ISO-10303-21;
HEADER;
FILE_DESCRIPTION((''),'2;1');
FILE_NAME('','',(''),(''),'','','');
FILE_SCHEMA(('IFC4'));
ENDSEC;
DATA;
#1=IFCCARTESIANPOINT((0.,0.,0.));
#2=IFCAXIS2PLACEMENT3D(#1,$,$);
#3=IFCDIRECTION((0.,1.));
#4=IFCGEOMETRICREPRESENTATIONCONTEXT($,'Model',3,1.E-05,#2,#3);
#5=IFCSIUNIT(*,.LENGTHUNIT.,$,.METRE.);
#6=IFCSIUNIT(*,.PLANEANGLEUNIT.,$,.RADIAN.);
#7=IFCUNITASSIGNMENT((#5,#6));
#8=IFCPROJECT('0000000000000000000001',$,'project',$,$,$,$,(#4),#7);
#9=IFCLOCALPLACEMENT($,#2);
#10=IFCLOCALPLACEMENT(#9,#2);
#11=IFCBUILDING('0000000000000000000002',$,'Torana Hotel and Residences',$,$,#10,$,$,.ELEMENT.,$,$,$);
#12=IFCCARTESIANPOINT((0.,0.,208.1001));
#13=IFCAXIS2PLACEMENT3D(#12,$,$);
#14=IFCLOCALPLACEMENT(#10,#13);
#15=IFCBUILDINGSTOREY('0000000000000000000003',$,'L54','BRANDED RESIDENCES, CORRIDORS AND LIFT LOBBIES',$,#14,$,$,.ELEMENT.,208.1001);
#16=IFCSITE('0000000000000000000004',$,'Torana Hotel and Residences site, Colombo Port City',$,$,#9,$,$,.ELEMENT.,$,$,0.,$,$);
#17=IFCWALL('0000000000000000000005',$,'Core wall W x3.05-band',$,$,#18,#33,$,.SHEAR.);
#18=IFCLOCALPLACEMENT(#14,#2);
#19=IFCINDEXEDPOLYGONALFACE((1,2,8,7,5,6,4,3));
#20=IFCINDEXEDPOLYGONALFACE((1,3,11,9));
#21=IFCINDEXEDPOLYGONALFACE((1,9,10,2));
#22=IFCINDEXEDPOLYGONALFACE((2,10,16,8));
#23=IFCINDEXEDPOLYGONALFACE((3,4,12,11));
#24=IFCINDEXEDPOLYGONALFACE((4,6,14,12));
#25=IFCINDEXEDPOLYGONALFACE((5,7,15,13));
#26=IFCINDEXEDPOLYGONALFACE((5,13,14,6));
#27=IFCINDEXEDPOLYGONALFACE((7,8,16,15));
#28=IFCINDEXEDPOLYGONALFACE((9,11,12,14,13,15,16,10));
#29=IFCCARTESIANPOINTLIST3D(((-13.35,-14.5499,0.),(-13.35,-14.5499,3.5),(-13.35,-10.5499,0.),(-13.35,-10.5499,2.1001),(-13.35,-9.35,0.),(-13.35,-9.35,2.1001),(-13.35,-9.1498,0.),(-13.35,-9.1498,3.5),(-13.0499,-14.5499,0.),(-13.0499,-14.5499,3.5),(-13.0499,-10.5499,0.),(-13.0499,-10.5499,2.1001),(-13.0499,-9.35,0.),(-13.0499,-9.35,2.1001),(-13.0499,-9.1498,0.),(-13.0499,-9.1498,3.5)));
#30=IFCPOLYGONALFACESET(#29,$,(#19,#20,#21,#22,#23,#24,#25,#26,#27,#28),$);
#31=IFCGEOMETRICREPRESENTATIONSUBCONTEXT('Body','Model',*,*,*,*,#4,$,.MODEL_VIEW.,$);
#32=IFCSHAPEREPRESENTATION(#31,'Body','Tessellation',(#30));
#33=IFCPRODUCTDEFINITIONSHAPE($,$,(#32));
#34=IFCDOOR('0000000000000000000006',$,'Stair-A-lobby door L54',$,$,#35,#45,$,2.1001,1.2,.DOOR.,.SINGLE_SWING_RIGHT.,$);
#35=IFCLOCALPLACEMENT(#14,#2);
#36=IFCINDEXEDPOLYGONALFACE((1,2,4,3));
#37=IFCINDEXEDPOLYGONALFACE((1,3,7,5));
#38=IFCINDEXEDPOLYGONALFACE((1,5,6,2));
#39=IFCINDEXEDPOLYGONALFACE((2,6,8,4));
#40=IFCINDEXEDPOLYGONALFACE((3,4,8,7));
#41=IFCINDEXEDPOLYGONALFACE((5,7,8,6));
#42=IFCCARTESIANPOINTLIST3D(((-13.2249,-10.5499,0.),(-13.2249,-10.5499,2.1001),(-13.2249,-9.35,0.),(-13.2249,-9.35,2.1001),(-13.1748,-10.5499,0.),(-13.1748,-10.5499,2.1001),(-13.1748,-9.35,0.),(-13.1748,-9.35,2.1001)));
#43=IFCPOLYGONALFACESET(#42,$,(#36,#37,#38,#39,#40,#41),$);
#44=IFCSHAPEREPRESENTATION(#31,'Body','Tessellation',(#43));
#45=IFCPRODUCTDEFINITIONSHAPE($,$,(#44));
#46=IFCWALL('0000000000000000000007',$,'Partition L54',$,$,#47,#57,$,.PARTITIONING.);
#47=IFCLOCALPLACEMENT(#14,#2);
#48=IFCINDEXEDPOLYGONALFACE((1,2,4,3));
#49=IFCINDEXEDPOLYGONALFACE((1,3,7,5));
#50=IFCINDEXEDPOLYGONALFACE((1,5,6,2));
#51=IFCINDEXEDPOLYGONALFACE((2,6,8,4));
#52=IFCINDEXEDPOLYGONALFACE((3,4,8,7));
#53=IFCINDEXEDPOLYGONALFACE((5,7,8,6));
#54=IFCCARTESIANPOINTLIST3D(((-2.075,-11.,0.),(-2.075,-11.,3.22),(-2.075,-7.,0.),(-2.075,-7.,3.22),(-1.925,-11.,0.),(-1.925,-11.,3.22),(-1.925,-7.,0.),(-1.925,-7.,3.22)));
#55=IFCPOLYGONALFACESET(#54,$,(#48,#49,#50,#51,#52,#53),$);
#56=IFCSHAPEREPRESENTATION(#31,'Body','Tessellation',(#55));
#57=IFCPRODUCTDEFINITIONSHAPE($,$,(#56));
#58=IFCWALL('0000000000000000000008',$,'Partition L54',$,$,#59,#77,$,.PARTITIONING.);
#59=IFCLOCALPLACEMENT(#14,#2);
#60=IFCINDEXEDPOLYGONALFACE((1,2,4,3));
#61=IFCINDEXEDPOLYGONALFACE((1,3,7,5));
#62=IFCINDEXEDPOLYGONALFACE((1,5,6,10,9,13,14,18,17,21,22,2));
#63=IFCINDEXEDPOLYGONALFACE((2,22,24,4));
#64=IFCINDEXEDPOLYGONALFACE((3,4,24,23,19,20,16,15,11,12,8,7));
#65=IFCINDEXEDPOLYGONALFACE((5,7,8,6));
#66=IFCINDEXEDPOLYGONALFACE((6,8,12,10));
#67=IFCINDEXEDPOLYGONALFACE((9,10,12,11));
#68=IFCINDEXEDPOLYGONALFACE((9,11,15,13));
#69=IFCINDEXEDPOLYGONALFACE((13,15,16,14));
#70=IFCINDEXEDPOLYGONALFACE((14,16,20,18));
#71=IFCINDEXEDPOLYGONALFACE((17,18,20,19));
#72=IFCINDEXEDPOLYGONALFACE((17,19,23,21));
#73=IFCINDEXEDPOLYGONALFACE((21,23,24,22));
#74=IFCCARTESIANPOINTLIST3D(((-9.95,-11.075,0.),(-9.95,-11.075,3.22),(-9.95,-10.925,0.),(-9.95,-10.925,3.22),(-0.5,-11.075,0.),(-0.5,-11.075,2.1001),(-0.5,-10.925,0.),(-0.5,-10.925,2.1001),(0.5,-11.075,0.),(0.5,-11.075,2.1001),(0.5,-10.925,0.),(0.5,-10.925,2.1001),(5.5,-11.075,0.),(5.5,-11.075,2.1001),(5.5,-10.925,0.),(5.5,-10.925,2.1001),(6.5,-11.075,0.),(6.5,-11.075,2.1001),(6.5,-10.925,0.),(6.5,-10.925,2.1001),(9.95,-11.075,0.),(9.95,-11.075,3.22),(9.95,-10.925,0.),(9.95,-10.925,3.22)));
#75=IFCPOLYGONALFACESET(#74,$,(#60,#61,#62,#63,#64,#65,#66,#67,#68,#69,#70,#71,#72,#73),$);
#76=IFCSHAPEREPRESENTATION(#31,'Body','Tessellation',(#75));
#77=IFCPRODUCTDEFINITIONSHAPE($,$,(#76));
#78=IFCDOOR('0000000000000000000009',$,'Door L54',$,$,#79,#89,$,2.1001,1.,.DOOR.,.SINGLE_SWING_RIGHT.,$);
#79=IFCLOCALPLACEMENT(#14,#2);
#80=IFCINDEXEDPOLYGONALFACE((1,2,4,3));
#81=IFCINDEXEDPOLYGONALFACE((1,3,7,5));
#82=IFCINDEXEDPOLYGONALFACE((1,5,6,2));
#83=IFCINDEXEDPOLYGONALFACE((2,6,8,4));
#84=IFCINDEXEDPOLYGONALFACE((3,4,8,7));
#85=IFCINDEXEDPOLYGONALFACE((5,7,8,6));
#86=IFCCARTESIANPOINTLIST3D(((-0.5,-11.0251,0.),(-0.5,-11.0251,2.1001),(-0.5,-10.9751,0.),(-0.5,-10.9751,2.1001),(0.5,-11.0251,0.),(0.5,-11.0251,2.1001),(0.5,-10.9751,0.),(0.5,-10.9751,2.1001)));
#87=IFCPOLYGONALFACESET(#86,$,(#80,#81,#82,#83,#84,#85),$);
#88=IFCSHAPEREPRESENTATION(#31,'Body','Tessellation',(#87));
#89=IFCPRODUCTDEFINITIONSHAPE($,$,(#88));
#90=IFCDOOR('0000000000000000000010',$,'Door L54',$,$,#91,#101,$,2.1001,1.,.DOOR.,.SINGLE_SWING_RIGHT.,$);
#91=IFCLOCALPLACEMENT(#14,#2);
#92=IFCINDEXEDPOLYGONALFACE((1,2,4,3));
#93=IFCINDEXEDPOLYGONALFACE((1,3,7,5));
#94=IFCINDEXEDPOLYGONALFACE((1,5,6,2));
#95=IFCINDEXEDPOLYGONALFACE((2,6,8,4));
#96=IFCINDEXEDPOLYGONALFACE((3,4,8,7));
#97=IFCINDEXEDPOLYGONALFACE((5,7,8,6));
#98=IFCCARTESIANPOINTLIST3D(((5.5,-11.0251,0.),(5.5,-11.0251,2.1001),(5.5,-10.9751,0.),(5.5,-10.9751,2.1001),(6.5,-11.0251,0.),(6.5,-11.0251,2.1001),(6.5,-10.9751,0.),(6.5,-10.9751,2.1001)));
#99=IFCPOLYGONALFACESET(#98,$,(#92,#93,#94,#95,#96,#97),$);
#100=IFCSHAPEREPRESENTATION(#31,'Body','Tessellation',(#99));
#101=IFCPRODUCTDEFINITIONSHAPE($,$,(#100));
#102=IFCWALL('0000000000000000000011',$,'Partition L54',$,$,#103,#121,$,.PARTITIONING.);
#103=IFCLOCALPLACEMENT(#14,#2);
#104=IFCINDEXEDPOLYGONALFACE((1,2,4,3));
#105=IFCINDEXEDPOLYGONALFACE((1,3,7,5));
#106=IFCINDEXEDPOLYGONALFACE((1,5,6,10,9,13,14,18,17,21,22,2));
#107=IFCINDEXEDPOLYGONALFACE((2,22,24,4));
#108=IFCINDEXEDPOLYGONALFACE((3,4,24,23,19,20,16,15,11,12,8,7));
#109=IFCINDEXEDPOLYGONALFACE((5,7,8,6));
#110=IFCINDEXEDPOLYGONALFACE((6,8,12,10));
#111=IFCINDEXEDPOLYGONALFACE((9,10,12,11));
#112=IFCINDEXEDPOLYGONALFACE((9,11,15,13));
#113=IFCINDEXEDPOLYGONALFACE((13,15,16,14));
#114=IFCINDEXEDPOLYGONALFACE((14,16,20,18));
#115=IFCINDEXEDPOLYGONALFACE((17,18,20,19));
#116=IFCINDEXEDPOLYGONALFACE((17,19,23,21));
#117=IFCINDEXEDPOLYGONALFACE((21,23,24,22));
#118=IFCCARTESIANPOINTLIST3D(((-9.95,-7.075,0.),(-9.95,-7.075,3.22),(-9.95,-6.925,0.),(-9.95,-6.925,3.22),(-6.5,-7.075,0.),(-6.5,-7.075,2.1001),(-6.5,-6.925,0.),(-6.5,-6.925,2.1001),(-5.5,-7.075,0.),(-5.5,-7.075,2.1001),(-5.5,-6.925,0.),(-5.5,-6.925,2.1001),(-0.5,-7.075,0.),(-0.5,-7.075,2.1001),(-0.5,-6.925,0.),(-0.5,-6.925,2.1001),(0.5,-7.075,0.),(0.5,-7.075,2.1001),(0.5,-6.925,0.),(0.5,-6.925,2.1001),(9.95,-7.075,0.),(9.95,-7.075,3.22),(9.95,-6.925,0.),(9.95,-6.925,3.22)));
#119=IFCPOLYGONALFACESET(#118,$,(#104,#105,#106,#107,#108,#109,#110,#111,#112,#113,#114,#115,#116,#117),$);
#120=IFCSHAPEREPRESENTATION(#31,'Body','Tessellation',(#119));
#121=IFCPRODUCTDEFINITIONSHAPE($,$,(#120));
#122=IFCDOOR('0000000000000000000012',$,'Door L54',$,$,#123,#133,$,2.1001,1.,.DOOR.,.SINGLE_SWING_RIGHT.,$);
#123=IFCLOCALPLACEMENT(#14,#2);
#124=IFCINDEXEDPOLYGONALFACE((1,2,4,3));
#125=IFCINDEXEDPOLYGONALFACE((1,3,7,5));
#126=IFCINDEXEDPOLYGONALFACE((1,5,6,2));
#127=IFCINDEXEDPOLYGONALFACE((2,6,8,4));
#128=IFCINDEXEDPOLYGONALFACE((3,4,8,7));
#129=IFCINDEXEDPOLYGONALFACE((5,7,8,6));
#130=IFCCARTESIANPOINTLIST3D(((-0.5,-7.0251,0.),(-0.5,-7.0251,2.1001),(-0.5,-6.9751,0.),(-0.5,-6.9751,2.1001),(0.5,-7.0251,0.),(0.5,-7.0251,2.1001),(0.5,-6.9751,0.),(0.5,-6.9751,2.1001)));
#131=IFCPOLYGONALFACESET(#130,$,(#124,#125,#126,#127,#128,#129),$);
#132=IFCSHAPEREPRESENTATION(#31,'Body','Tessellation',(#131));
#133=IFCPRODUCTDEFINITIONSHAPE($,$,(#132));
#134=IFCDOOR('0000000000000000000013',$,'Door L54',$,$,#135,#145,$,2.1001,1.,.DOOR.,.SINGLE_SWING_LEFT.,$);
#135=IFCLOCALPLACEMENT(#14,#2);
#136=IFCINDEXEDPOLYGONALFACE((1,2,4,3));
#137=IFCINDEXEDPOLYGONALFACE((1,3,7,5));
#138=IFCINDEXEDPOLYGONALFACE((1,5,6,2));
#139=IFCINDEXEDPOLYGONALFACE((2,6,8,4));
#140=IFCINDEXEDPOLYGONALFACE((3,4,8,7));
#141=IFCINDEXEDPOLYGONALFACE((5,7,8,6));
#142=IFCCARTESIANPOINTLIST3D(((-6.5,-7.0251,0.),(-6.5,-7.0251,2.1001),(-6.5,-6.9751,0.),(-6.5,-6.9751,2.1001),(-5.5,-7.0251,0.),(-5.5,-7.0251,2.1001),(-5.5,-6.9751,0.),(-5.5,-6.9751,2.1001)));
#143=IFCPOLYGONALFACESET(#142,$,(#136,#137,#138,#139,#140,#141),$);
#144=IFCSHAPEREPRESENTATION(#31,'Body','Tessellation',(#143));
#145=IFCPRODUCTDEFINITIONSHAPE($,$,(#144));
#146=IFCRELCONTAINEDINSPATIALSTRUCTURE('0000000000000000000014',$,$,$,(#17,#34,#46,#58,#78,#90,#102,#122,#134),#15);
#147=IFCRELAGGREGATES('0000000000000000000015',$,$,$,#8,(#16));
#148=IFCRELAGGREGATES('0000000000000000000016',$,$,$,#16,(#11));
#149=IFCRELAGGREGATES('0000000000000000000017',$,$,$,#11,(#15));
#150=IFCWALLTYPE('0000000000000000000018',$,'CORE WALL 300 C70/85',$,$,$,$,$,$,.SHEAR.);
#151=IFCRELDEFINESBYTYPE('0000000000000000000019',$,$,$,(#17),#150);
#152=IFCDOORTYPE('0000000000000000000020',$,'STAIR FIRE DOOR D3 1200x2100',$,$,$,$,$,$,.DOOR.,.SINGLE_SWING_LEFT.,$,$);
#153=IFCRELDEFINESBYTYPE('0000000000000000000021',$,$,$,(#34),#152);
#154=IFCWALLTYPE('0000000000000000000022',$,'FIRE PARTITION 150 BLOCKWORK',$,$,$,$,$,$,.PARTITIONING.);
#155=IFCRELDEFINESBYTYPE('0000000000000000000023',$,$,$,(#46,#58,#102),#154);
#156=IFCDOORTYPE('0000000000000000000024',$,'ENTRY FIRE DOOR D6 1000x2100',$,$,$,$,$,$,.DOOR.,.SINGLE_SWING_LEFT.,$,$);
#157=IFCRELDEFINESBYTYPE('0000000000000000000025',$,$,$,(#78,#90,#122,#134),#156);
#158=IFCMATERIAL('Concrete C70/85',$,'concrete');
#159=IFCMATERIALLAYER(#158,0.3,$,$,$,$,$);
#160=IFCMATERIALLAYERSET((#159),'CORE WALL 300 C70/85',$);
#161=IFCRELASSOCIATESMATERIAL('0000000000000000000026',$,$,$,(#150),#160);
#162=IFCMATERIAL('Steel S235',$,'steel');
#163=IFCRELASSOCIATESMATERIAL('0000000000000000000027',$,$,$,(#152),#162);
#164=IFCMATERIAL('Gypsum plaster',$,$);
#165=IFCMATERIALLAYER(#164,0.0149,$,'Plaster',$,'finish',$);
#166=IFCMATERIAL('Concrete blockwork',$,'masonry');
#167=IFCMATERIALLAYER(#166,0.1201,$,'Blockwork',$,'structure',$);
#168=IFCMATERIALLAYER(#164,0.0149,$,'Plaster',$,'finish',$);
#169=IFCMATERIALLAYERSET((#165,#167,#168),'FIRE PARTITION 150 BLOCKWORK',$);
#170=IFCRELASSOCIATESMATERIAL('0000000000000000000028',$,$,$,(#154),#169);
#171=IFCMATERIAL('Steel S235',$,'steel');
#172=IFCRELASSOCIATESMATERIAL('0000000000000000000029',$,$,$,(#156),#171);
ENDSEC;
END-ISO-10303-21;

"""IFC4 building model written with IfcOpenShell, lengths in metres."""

from ifc_helpers import new_model, si_unit, direction, frame, frame_2d, origin, place, context, subcontext, project, spatial, rectangle, extrude, material, layer, layer_set, type_object, element, fill, save


model = new_model("IFC4")

# Units and contexts
model_context = context("Model", 3, precision=1e-05, world=origin(), true_north=direction((0.0, 1.0)))
body_context = subcontext(model_context, "Body", "Model", "MODEL_VIEW")
ifc_project = project(units=[si_unit("LENGTHUNIT", "METRE"), si_unit("PLANEANGLEUNIT", "RADIAN")], contexts=[model_context])

# Site, building, storey
site_placement = place(None, origin())
site = spatial("IfcSite", under=ifc_project, at=site_placement, Name="Torana Hotel and Residences site, Colombo Port City", CompositionType="ELEMENT", RefElevation=0.0)
building_placement = place(site_placement, origin())
building = spatial("IfcBuilding", under=site, at=building_placement, Name="Torana Hotel and Residences", CompositionType="ELEMENT")
storey_placement = place(building_placement, frame((0.0, 0.0, 208.1001)))
storey = spatial("IfcBuildingStorey", under=building, at=storey_placement, Name="L54", Description="BRANDED RESIDENCES, CORRIDORS AND LIFT LOBBIES", CompositionType="ELEMENT", Elevation=208.1001)

# Shared definitions
ifc_material_1 = material(Name="Concrete C70/85", Category="concrete")
ifc_layer_1 = layer(ifc_material_1, 0.3)
ifc_layer_set_1 = layer_set([ifc_layer_1], Name="CORE WALL 300 C70/85")
wall_type_1 = type_object("IfcWallType", Name="CORE WALL 300 C70/85", PredefinedType="SHEAR", material=ifc_layer_set_1)

# Wall, opening, door
wall_1_placement = place(storey_placement, frame((-13.2, -14.55, 0.0), z_axis=(0.0, 0.0, 1.0), x_axis=(0.0, 1.0, 0.0)))
wall_1 = element("IfcWall", 1, at=wall_1_placement, inside=storey, type_object=wall_type_1, Name="Core wall W x3.05-band", PredefinedType="SHEAR", context=body_context, shape_type="SweptSolid", body=[
    extrude(rectangle(XDim=5.4001, YDim=0.3, at=frame_2d((2.7002, 0.0))), origin(), (0.0, 0.0, 1.0), 3.5),
])
opening_1_placement = place(wall_1_placement, frame((4.0, 0.0, 0.0)))
opening_1 = element("IfcOpeningElement", 2, at=opening_1_placement, cuts=wall_1, PredefinedType="OPENING", context=body_context, shape_type="SweptSolid", body=[
    extrude(rectangle(XDim=1.2, YDim=2.1001, at=frame_2d((0.6001, 1.05))), frame((0.0, 0.1599, 0.0), z_axis=(0.0, -1.0, 0.0), x_axis=(1.0, 0.0, 0.0)), (0.0, 0.0, 1.0), 0.3201),
])
ifc_material_2 = material(Name="Steel S235", Category="steel")
door_type_1 = type_object("IfcDoorType", Name="STAIR FIRE DOOR D3 1200x2100", OperationType="SINGLE_SWING_LEFT", PredefinedType="DOOR", material=ifc_material_2)
door_1_placement = place(opening_1_placement, frame((0.6001, 0.0, 0.0), z_axis=(0.0, 0.0, 1.0), x_axis=(-1.0, 0.0, 0.0)))
door_1 = element("IfcDoor", 3, at=door_1_placement, inside=storey, type_object=door_type_1, Name="Stair-A-lobby door L54", OperationType="SINGLE_SWING_RIGHT", OverallHeight=2.1001, OverallWidth=1.2, PredefinedType="DOOR", context=body_context, shape_type="SweptSolid", body=[
    extrude(rectangle(XDim=1.2, YDim=2.1001, at=frame_2d((0.0, 1.05))), frame((0.0, -0.0249, 0.0), z_axis=(0.0, 1.0, 0.0), x_axis=(-1.0, 0.0, 0.0)), (0.0, 0.0, 1.0), 0.05),
])
fill(opening_1, door_1)

# Wall
ifc_material_3 = material(Name="Gypsum plaster")
ifc_layer_2 = layer(ifc_material_3, 0.0149, Name="Plaster", Category="finish")
ifc_material_4 = material(Name="Concrete blockwork", Category="masonry")
ifc_layer_3 = layer(ifc_material_4, 0.1201, Name="Blockwork", Category="structure")
ifc_layer_4 = layer(ifc_material_3, 0.0149, Name="Plaster", Category="finish")
ifc_layer_set_2 = layer_set([ifc_layer_2, ifc_layer_3, ifc_layer_4], Name="FIRE PARTITION 150 BLOCKWORK")
wall_type_2 = type_object("IfcWallType", Name="FIRE PARTITION 150 BLOCKWORK", PredefinedType="PARTITIONING", material=ifc_layer_set_2)
wall_2_placement = place(storey_placement, frame((-2.0, -11.0, 0.0), z_axis=(0.0, 0.0, 1.0), x_axis=(0.0, 1.0, 0.0)))
element("IfcWall", 4, at=wall_2_placement, inside=storey, type_object=wall_type_2, Name="Partition L54", PredefinedType="PARTITIONING", context=body_context, shape_type="SweptSolid", body=[
    extrude(rectangle(XDim=4.0, YDim=0.1499, at=frame_2d((2.0, 0.0))), origin(), (0.0, 0.0, 1.0), 3.22),
])

# Walls, openings, doors
wall_3_placement = place(storey_placement, frame((-9.95, -11.0, 0.0), z_axis=(0.0, 0.0, 1.0), x_axis=(1.0, 0.0, 0.0)))
wall_3 = element("IfcWall", 5, at=wall_3_placement, inside=storey, type_object=wall_type_2, Name="Partition L54", PredefinedType="PARTITIONING", context=body_context, shape_type="SweptSolid", body=[
    extrude(rectangle(XDim=19.8999, YDim=0.1499, at=frame_2d((9.95, 0.0))), origin(), (0.0, 0.0, 1.0), 3.22),
])
opening_2_placement = place(wall_3_placement, frame((9.45, 0.0, 0.0)))
opening_2 = element("IfcOpeningElement", 6, at=opening_2_placement, cuts=wall_3, PredefinedType="OPENING", context=body_context, shape_type="SweptSolid", body=[
    extrude(rectangle(XDim=1.0, YDim=2.1001, at=frame_2d((0.5, 1.05))), frame((0.0, 0.085, 0.0), z_axis=(0.0, -1.0, 0.0), x_axis=(1.0, 0.0, 0.0)), (0.0, 0.0, 1.0), 0.1699),
])
opening_3_placement = place(wall_3_placement, frame((15.45, 0.0, 0.0)))
opening_3 = element("IfcOpeningElement", 7, at=opening_3_placement, cuts=wall_3, PredefinedType="OPENING", context=body_context, shape_type="SweptSolid", body=[
    extrude(rectangle(XDim=1.0, YDim=2.1001, at=frame_2d((0.5, 1.05))), frame((0.0, 0.085, 0.0), z_axis=(0.0, -1.0, 0.0), x_axis=(1.0, 0.0, 0.0)), (0.0, 0.0, 1.0), 0.1699),
])
ifc_material_5 = material(Name="Steel S235", Category="steel")
door_type_2 = type_object("IfcDoorType", Name="ENTRY FIRE DOOR D6 1000x2100", OperationType="SINGLE_SWING_LEFT", PredefinedType="DOOR", material=ifc_material_5)
door_2_placement = place(opening_2_placement, origin())
door_2 = element("IfcDoor", 8, at=door_2_placement, inside=storey, type_object=door_type_2, Name="Door L54", OperationType="SINGLE_SWING_RIGHT", OverallHeight=2.1001, OverallWidth=1.0, PredefinedType="DOOR", context=body_context, shape_type="SweptSolid", body=[
    extrude(rectangle(XDim=1.0, YDim=2.1001, at=frame_2d((0.5, 1.05))), frame((0.0, 0.0249, 0.0), z_axis=(0.0, -1.0, 0.0), x_axis=(1.0, 0.0, 0.0)), (0.0, 0.0, 1.0), 0.05),
])
fill(opening_2, door_2)
door_3_placement = place(opening_3_placement, origin())
door_3 = element("IfcDoor", 9, at=door_3_placement, inside=storey, type_object=door_type_2, Name="Door L54", OperationType="SINGLE_SWING_RIGHT", OverallHeight=2.1001, OverallWidth=1.0, PredefinedType="DOOR", context=body_context, shape_type="SweptSolid", body=[
    extrude(rectangle(XDim=1.0, YDim=2.1001, at=frame_2d((0.5, 1.05))), frame((0.0, 0.0249, 0.0), z_axis=(0.0, -1.0, 0.0), x_axis=(1.0, 0.0, 0.0)), (0.0, 0.0, 1.0), 0.05),
])
fill(opening_3, door_3)
wall_4_placement = place(storey_placement, frame((-9.95, -7.0, 0.0), z_axis=(0.0, 0.0, 1.0), x_axis=(1.0, 0.0, 0.0)))
wall_4 = element("IfcWall", 10, at=wall_4_placement, inside=storey, type_object=wall_type_2, Name="Partition L54", PredefinedType="PARTITIONING", context=body_context, shape_type="SweptSolid", body=[
    extrude(rectangle(XDim=19.8999, YDim=0.1499, at=frame_2d((9.95, 0.0))), origin(), (0.0, 0.0, 1.0), 3.22),
])
opening_4_placement = place(wall_4_placement, frame((9.45, 0.0, 0.0)))
opening_4 = element("IfcOpeningElement", 11, at=opening_4_placement, cuts=wall_4, PredefinedType="OPENING", context=body_context, shape_type="SweptSolid", body=[
    extrude(rectangle(XDim=1.0, YDim=2.1001, at=frame_2d((0.5, 1.05))), frame((0.0, 0.085, 0.0), z_axis=(0.0, -1.0, 0.0), x_axis=(1.0, 0.0, 0.0)), (0.0, 0.0, 1.0), 0.1699),
])
opening_5_placement = place(wall_4_placement, frame((3.45, 0.0, 0.0)))
opening_5 = element("IfcOpeningElement", 12, at=opening_5_placement, cuts=wall_4, PredefinedType="OPENING", context=body_context, shape_type="SweptSolid", body=[
    extrude(rectangle(XDim=1.0, YDim=2.1001, at=frame_2d((0.5, 1.05))), frame((0.0, 0.085, 0.0), z_axis=(0.0, -1.0, 0.0), x_axis=(1.0, 0.0, 0.0)), (0.0, 0.0, 1.0), 0.1699),
])
door_4_placement = place(opening_4_placement, origin())
door_4 = element("IfcDoor", 13, at=door_4_placement, inside=storey, type_object=door_type_2, Name="Door L54", OperationType="SINGLE_SWING_RIGHT", OverallHeight=2.1001, OverallWidth=1.0, PredefinedType="DOOR", context=body_context, shape_type="SweptSolid", body=[
    extrude(rectangle(XDim=1.0, YDim=2.1001, at=frame_2d((0.5, 1.05))), frame((0.0, 0.0249, 0.0), z_axis=(0.0, -1.0, 0.0), x_axis=(1.0, 0.0, 0.0)), (0.0, 0.0, 1.0), 0.05),
])
fill(opening_4, door_4)
door_5_placement = place(opening_5_placement, frame((0.5, 0.0, 0.0), z_axis=(0.0, 0.0, 1.0), x_axis=(-1.0, 0.0, 0.0)))
door_5 = element("IfcDoor", 14, at=door_5_placement, inside=storey, type_object=door_type_2, Name="Door L54", OperationType="SINGLE_SWING_LEFT", OverallHeight=2.1001, OverallWidth=1.0, PredefinedType="DOOR", context=body_context, shape_type="SweptSolid", body=[
    extrude(rectangle(XDim=1.0, YDim=2.1001, at=frame_2d((0.0, 1.05))), frame((0.0, -0.0249, 0.0), z_axis=(0.0, 1.0, 0.0), x_axis=(-1.0, 0.0, 0.0)), (0.0, 0.0, 1.0), 0.05),
])
fill(opening_5, door_5)

save(model, "model.ifc")
